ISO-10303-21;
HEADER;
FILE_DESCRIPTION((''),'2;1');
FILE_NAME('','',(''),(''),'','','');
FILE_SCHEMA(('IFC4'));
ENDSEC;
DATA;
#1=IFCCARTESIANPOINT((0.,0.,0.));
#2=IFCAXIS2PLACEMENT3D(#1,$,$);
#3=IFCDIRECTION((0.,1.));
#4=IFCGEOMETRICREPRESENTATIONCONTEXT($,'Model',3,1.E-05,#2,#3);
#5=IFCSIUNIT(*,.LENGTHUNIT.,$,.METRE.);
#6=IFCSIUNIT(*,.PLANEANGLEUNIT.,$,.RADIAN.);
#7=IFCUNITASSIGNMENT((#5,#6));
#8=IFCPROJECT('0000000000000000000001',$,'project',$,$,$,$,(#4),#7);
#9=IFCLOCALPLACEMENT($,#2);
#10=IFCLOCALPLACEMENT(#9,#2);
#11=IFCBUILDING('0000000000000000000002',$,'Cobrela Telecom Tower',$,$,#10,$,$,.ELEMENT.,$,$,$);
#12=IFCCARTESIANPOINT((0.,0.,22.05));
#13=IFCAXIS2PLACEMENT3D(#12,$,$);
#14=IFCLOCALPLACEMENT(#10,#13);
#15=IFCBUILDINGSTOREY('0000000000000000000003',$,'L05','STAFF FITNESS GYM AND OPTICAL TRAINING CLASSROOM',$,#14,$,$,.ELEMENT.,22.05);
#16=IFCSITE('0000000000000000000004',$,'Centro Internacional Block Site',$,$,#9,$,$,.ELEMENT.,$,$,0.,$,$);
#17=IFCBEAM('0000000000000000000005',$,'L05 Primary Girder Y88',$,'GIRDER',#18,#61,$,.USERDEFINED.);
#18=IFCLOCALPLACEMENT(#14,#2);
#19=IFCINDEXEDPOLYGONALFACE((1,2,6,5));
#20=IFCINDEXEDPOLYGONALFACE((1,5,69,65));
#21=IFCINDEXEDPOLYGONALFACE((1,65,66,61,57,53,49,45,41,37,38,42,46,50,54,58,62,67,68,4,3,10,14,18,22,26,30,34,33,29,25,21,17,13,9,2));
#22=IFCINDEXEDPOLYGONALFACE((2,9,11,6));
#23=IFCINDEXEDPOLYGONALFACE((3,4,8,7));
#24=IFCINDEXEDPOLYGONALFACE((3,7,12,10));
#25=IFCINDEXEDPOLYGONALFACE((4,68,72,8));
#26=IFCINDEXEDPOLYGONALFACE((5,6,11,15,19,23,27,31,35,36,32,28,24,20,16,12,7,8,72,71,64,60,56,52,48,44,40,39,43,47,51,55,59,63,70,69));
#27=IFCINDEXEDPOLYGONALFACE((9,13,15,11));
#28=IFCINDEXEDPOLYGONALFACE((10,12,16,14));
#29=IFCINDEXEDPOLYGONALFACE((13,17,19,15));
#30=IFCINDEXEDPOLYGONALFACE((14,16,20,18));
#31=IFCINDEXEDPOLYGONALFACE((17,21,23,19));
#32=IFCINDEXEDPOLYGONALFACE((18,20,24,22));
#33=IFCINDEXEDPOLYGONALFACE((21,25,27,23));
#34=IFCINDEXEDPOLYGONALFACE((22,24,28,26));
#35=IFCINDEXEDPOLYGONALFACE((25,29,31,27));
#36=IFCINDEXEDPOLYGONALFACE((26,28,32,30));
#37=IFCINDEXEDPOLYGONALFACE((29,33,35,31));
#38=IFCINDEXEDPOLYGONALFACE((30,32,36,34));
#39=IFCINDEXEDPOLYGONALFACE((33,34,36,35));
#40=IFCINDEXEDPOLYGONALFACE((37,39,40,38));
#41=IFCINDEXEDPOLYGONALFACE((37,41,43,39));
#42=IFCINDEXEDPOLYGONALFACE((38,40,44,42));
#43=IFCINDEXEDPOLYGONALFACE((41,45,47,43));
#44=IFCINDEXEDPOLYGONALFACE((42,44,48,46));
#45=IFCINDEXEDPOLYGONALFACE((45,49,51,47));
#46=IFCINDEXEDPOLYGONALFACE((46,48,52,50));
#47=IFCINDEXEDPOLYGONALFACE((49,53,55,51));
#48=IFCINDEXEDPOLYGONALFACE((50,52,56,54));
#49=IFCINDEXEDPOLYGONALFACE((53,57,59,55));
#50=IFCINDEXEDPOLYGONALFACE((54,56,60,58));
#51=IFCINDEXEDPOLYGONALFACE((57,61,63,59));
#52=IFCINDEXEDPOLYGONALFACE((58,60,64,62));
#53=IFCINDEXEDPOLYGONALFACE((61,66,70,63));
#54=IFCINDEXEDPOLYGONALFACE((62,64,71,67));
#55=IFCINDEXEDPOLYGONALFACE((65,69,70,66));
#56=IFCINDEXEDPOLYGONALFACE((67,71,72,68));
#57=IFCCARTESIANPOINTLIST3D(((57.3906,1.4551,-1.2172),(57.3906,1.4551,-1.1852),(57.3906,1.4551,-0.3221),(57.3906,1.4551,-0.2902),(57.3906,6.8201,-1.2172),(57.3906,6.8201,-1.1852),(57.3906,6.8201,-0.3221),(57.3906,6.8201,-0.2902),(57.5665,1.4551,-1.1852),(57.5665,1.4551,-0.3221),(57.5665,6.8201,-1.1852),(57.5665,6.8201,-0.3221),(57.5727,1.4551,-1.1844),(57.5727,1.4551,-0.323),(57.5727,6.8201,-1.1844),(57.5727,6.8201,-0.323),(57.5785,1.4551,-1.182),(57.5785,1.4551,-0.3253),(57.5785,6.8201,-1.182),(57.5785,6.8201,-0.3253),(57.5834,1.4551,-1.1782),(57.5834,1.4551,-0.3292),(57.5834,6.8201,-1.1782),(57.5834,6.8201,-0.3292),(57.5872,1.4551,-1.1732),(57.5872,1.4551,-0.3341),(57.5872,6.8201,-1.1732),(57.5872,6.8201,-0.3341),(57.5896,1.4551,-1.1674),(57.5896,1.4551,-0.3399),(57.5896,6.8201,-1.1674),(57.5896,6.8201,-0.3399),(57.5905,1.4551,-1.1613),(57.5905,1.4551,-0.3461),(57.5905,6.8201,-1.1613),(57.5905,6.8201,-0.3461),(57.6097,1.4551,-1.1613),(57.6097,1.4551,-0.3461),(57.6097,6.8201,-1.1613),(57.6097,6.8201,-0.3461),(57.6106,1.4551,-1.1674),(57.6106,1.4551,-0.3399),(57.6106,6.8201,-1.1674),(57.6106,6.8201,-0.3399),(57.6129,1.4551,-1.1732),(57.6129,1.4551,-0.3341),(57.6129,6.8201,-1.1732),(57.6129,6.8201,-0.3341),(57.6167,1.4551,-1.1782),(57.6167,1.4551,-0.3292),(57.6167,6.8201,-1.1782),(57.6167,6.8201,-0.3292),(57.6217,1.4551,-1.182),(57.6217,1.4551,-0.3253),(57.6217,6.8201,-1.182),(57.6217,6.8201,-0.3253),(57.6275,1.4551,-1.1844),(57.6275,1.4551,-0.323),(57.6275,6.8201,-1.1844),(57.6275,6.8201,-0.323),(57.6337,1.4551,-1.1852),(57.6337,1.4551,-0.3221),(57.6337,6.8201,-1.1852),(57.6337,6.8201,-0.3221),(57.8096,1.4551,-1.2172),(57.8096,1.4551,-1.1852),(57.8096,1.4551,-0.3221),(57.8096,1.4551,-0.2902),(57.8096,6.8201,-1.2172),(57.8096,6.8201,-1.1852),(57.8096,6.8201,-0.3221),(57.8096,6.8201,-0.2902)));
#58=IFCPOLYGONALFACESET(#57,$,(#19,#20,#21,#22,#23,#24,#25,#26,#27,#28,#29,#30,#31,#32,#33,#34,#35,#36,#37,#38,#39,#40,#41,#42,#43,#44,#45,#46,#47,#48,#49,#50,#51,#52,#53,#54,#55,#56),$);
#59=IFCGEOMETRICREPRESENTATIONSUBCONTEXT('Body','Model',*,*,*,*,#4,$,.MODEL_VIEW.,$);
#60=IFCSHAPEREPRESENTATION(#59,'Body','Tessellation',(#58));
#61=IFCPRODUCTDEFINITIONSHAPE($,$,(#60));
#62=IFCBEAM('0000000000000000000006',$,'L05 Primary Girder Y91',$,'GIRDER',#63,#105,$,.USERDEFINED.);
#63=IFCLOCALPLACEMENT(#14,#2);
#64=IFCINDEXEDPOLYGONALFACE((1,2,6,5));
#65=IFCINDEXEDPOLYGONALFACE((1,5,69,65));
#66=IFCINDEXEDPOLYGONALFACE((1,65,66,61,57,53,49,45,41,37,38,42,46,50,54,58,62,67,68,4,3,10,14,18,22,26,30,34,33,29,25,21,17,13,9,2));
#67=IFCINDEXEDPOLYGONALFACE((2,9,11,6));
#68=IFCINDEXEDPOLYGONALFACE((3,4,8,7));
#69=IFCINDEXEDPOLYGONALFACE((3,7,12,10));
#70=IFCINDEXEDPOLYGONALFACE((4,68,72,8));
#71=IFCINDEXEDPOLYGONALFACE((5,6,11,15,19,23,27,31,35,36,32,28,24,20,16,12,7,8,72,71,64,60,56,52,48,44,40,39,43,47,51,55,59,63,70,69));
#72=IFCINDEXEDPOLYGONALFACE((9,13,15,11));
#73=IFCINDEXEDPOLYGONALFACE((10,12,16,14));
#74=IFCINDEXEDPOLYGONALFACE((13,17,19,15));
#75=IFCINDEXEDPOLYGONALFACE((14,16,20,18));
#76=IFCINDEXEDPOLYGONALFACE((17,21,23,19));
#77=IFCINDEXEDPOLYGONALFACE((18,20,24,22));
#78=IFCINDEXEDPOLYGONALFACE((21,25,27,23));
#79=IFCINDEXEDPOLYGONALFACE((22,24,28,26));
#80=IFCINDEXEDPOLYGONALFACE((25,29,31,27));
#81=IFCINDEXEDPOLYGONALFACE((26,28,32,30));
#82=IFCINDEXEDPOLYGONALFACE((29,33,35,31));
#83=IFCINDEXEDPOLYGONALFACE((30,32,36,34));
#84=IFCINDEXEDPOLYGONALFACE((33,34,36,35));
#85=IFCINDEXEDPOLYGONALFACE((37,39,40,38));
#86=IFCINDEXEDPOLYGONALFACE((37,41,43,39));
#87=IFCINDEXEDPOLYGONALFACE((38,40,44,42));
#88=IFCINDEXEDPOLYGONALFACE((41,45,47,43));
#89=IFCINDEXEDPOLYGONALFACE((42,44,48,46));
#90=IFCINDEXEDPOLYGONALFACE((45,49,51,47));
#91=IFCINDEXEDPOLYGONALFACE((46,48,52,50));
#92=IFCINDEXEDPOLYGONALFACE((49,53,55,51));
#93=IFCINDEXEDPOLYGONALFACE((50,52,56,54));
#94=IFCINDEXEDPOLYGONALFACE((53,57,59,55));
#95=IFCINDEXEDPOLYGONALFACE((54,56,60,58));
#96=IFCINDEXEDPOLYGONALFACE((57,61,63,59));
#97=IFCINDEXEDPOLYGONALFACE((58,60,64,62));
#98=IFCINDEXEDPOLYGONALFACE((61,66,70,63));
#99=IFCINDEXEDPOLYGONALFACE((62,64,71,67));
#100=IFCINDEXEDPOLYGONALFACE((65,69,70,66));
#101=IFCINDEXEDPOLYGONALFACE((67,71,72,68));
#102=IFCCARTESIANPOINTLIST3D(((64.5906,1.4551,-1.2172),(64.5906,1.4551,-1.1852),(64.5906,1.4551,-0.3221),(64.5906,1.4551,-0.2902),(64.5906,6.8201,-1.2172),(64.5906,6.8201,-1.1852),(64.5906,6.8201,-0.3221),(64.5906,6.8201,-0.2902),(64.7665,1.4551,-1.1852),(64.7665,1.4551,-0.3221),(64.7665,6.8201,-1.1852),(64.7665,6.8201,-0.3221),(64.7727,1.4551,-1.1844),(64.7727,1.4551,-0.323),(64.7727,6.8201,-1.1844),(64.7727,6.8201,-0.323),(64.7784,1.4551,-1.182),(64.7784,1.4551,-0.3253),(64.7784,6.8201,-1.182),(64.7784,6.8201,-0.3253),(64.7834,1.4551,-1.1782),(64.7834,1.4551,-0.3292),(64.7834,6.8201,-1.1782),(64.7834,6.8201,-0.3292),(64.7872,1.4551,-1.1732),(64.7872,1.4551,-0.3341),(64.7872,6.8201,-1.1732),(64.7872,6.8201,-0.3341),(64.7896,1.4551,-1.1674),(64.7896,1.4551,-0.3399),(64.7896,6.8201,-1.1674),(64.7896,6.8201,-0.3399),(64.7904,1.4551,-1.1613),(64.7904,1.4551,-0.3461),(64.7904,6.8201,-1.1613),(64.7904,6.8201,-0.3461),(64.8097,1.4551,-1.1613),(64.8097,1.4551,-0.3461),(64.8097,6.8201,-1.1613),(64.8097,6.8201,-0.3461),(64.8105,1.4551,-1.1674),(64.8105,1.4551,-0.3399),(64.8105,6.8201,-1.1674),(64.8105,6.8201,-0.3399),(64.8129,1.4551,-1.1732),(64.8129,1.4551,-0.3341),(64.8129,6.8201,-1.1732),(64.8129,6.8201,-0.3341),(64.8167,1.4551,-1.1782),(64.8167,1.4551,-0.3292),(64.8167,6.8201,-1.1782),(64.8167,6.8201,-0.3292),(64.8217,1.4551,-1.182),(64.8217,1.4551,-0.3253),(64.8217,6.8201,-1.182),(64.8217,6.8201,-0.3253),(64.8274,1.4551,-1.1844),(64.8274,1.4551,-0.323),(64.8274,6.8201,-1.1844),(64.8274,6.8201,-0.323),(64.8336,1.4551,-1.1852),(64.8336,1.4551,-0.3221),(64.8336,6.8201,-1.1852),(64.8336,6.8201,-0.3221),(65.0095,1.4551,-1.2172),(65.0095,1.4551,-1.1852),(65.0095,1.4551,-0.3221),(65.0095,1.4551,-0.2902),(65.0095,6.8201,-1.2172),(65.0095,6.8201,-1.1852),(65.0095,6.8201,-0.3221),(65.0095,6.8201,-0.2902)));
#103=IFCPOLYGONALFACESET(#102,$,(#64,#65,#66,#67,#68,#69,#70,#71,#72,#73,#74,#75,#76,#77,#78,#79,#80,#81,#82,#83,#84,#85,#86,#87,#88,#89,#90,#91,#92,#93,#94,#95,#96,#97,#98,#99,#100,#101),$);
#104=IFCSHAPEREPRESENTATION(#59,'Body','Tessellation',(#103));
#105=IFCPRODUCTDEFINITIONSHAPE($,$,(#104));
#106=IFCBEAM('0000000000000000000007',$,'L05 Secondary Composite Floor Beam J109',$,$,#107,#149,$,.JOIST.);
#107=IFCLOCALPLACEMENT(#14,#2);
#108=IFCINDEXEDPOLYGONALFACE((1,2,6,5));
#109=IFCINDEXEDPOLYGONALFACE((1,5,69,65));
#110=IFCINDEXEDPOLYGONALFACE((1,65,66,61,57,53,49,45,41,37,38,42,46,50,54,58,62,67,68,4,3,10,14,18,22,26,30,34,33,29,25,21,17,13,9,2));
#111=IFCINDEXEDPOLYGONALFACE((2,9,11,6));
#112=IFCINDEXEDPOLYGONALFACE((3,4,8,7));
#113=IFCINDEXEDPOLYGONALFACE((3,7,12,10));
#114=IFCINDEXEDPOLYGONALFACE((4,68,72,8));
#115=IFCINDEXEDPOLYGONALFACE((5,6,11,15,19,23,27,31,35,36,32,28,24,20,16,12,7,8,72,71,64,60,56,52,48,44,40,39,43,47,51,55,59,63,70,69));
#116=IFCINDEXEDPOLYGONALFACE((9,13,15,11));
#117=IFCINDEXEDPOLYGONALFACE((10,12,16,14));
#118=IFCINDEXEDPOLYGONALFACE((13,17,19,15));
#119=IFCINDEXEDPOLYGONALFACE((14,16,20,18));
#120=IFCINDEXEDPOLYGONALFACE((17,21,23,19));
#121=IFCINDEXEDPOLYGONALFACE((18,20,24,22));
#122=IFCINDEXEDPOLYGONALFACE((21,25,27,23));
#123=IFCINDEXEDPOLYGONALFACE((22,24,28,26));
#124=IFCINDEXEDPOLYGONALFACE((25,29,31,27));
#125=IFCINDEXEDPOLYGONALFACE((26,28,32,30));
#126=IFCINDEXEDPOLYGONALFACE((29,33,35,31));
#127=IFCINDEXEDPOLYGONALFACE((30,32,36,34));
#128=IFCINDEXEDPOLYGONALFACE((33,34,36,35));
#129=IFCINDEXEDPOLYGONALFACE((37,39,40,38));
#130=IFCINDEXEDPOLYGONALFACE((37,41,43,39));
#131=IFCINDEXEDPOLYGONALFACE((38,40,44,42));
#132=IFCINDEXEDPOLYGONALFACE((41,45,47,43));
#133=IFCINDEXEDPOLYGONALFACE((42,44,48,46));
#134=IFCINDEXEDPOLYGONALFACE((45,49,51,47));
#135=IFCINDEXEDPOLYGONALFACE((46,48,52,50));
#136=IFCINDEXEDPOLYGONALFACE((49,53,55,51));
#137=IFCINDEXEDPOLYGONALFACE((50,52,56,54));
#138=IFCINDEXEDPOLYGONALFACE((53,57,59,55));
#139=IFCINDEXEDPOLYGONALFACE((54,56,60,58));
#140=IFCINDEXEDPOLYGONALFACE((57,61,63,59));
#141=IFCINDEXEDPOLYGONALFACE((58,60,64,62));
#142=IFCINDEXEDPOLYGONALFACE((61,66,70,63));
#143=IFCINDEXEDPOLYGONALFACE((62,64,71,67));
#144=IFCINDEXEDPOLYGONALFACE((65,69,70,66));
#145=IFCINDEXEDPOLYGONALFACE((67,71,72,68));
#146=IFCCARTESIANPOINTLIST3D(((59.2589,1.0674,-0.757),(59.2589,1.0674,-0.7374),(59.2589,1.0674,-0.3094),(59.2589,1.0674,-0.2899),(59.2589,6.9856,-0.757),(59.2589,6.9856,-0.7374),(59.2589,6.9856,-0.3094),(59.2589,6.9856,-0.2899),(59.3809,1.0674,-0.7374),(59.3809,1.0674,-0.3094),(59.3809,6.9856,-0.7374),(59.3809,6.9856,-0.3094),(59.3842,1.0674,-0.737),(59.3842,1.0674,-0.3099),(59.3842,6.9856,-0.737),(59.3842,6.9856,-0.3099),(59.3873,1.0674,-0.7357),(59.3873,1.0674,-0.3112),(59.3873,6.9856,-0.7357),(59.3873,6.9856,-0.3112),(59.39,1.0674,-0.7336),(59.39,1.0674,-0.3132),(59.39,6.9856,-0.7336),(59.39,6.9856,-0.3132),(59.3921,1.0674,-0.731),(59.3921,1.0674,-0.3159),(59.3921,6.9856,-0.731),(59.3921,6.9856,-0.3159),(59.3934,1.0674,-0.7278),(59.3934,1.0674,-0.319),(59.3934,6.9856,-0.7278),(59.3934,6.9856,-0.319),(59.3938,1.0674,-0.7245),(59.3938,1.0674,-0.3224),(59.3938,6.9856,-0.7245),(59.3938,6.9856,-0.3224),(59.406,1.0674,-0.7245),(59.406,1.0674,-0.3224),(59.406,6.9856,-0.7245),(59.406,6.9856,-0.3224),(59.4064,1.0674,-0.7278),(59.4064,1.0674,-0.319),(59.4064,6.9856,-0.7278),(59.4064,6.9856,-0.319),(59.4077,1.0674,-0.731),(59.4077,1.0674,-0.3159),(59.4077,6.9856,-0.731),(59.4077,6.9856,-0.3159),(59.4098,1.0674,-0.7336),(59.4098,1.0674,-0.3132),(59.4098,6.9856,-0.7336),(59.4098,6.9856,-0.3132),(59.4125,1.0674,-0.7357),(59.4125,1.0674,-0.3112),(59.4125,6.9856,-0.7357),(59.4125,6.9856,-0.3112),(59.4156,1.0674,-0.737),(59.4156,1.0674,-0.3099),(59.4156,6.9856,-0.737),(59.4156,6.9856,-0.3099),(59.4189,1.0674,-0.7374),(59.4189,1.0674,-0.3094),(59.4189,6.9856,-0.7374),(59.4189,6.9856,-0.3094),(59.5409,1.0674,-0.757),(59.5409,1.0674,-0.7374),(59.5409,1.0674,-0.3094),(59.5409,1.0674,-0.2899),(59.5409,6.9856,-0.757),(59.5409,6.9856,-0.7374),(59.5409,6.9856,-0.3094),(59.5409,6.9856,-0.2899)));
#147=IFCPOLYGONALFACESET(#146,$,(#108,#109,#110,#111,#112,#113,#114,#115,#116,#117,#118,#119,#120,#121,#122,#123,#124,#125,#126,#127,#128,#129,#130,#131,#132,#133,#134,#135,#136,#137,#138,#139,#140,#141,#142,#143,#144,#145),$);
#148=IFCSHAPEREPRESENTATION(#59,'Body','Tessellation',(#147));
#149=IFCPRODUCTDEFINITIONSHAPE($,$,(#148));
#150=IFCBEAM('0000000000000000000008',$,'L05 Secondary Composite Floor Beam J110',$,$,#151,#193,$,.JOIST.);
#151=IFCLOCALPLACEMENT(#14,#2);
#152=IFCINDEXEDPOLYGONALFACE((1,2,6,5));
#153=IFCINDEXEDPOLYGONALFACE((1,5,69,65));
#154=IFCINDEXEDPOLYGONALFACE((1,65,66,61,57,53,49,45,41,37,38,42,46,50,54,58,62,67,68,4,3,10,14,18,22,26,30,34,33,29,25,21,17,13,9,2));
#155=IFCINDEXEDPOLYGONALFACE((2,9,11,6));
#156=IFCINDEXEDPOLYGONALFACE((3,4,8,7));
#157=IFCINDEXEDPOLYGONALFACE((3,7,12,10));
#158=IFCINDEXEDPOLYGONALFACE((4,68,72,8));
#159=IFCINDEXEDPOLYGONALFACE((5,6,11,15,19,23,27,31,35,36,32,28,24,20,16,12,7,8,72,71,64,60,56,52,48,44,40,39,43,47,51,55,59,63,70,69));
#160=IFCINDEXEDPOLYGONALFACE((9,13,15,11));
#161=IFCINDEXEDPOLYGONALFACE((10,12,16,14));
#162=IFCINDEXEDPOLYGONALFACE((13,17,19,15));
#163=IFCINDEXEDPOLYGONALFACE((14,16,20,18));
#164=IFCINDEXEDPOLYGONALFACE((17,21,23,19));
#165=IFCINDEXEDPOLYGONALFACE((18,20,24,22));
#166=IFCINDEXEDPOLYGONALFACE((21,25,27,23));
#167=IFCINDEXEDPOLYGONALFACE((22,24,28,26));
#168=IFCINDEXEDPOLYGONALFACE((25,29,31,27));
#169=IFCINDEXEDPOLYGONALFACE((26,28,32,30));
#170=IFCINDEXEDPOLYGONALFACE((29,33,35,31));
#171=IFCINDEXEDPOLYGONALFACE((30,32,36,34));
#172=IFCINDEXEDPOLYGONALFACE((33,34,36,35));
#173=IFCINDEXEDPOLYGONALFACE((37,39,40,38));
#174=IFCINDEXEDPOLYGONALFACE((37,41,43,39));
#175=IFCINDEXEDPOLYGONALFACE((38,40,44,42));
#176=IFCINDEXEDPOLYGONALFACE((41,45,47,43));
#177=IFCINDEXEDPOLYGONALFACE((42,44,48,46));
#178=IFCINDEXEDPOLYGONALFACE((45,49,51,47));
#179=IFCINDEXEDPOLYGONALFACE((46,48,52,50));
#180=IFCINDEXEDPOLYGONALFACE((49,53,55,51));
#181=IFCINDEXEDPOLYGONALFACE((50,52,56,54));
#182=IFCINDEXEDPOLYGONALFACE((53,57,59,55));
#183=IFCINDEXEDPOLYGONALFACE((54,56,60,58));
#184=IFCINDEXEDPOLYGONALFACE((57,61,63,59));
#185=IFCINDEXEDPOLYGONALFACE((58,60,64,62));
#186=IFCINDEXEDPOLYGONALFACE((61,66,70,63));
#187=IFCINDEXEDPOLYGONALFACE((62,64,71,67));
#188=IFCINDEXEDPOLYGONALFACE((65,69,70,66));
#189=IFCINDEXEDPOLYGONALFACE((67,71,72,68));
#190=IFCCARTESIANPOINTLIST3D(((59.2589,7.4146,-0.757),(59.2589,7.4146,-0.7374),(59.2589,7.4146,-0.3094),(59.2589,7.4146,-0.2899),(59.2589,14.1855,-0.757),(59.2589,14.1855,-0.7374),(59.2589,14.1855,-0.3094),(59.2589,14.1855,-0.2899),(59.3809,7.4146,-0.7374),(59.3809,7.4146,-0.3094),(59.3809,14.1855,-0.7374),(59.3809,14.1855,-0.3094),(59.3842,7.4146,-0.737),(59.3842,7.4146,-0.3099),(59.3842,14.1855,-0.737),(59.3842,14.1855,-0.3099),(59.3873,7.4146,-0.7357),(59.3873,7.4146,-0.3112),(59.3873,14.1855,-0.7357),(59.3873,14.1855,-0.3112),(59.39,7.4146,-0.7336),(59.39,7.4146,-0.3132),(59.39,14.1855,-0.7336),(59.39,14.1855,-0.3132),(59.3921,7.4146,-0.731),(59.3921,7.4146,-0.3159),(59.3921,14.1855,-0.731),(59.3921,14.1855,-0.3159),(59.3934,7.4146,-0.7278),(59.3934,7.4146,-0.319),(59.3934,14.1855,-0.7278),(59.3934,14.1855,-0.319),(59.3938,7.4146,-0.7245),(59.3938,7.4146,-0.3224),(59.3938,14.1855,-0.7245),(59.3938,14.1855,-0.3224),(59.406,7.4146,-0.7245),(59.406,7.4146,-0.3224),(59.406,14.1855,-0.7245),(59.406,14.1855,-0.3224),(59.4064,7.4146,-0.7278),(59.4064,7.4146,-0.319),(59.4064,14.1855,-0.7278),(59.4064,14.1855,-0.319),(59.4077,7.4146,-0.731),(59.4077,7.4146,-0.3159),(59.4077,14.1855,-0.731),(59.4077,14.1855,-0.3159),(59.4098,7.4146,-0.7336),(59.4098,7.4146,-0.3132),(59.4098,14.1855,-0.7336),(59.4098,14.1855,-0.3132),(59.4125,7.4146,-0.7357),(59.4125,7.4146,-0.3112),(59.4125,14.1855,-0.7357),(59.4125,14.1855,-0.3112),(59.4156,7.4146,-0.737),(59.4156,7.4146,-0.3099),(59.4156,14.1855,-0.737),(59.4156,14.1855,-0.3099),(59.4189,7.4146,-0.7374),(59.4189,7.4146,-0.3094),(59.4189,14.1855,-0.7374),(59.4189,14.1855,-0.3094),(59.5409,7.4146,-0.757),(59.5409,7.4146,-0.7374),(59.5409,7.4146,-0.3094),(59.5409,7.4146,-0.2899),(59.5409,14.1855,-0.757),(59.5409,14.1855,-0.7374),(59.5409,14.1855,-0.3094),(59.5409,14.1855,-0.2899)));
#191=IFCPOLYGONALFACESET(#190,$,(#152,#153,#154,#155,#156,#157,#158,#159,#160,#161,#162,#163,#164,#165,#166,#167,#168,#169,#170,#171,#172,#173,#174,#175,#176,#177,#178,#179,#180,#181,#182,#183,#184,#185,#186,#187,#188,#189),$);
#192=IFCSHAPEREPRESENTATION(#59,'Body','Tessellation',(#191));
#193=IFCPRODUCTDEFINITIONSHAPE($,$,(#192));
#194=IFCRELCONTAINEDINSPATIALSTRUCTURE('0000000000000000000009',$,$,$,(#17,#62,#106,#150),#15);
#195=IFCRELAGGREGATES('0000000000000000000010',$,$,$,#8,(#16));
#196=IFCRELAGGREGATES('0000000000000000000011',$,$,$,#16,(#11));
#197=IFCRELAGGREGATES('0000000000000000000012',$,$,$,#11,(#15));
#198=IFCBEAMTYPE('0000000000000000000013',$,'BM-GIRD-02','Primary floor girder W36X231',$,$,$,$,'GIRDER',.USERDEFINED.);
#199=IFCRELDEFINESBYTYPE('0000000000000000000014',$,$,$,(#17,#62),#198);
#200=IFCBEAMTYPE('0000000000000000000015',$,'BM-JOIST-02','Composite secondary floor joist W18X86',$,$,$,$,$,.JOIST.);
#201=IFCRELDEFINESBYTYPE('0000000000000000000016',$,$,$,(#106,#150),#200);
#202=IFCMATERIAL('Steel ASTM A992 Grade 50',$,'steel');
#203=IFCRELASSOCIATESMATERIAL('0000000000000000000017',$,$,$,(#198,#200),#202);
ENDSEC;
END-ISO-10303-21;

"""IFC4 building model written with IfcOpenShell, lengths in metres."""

from ifc_helpers import new_model, si_unit, direction, frame, origin, origin_2d, place, context, subcontext, project, spatial, i_section, extrude, material, material_profile, profile_set, type_object, element, save


model = new_model("IFC4")

# Units and contexts
model_context = context("Model", 3, precision=1e-05, world=origin(), true_north=direction((0.0, 1.0)))
body_context = subcontext(model_context, "Body", "Model", "MODEL_VIEW")
ifc_project = project(units=[si_unit("LENGTHUNIT", "METRE"), si_unit("PLANEANGLEUNIT", "RADIAN")], contexts=[model_context])

# Site, building, storey
site_placement = place(None, origin())
site = spatial("IfcSite", under=ifc_project, at=site_placement, Name="Centro Internacional Block Site", CompositionType="ELEMENT", RefElevation=0.0)
building_placement = place(site_placement, origin())
building = spatial("IfcBuilding", under=site, at=building_placement, Name="Cobrela Telecom Tower", CompositionType="ELEMENT")
storey_placement = place(building_placement, frame((0.0, 0.0, 22.05)))
storey = spatial("IfcBuildingStorey", under=building, at=storey_placement, Name="L05", Description="STAFF FITNESS GYM AND OPTICAL TRAINING CLASSROOM", CompositionType="ELEMENT", Elevation=22.05)

# Beams
ifc_material_1 = material(Name="Steel ASTM A992 Grade 50", Category="steel")
ifc_material_profile_1 = material_profile(ifc_material_1, i_section(OverallWidth=0.4189, OverallDepth=0.927, WebThickness=0.0193, FlangeThickness=0.032, FilletRadius=0.0239, at=origin_2d()), Name="W36X231")
ifc_profile_set_1 = profile_set([ifc_material_profile_1], Name="Steel ASTM A992 Grade 50")
beam_type_1 = type_object("IfcBeamType", Name="BM-GIRD-02", Description="Primary floor girder W36X231", ElementType="GIRDER", PredefinedType="USERDEFINED", material=ifc_profile_set_1)
for number, where, z_axis, x_axis, name in (
    (1, (57.6001, 1.4551, -0.7537), (0.0, 1.0, 0.0), (-1.0, 0.0, 0.0), "L05 Primary Girder Y88"),
    (2, (64.8, 1.4551, -0.7537), (0.0, 1.0, 0.0), (-1.0, 0.0, 0.0), "L05 Primary Girder Y91"),
):
    element("IfcBeam", number, at=place(storey_placement, frame(where, z_axis=z_axis, x_axis=x_axis)), inside=storey, type_object=beam_type_1, Name=name, ObjectType="GIRDER", PredefinedType="USERDEFINED", context=body_context, shape_type="SweptSolid", body=[
        extrude(i_section(OverallWidth=0.4189, OverallDepth=0.927, WebThickness=0.0193, FlangeThickness=0.032, FilletRadius=0.0239, at=origin_2d()), origin(), (0.0, 0.0, 1.0), 5.365),
    ])
ifc_material_profile_2 = material_profile(ifc_material_1, i_section(OverallWidth=0.282, OverallDepth=0.467, WebThickness=0.0122, FlangeThickness=0.0195, FilletRadius=0.0129, at=origin_2d()), Name="W18X86")
ifc_profile_set_2 = profile_set([ifc_material_profile_2], Name="Steel ASTM A992 Grade 50")
beam_type_2 = type_object("IfcBeamType", Name="BM-JOIST-02", Description="Composite secondary floor joist W18X86", PredefinedType="JOIST", material=ifc_profile_set_2)
beam_1_placement = place(storey_placement, frame((59.3999, 1.0674, -0.5234), z_axis=(0.0, 1.0, 0.0), x_axis=(-1.0, 0.0, 0.0)))
element("IfcBeam", 3, at=beam_1_placement, inside=storey, type_object=beam_type_2, Name="L05 Secondary Composite Floor Beam J109", PredefinedType="JOIST", context=body_context, shape_type="SweptSolid", body=[
    extrude(i_section(OverallWidth=0.282, OverallDepth=0.467, WebThickness=0.0122, FlangeThickness=0.0195, FilletRadius=0.0129, at=origin_2d()), origin(), (0.0, 0.0, 1.0), 5.9182),
])
beam_2_placement = place(storey_placement, frame((59.3999, 7.4146, -0.5234), z_axis=(0.0, 1.0, 0.0), x_axis=(-1.0, 0.0, 0.0)))
element("IfcBeam", 4, at=beam_2_placement, inside=storey, type_object=beam_type_2, Name="L05 Secondary Composite Floor Beam J110", PredefinedType="JOIST", context=body_context, shape_type="SweptSolid", body=[
    extrude(i_section(OverallWidth=0.282, OverallDepth=0.467, WebThickness=0.0122, FlangeThickness=0.0195, FilletRadius=0.0129, at=origin_2d()), origin(), (0.0, 0.0, 1.0), 6.771),
])

save(model, "model.ifc")
